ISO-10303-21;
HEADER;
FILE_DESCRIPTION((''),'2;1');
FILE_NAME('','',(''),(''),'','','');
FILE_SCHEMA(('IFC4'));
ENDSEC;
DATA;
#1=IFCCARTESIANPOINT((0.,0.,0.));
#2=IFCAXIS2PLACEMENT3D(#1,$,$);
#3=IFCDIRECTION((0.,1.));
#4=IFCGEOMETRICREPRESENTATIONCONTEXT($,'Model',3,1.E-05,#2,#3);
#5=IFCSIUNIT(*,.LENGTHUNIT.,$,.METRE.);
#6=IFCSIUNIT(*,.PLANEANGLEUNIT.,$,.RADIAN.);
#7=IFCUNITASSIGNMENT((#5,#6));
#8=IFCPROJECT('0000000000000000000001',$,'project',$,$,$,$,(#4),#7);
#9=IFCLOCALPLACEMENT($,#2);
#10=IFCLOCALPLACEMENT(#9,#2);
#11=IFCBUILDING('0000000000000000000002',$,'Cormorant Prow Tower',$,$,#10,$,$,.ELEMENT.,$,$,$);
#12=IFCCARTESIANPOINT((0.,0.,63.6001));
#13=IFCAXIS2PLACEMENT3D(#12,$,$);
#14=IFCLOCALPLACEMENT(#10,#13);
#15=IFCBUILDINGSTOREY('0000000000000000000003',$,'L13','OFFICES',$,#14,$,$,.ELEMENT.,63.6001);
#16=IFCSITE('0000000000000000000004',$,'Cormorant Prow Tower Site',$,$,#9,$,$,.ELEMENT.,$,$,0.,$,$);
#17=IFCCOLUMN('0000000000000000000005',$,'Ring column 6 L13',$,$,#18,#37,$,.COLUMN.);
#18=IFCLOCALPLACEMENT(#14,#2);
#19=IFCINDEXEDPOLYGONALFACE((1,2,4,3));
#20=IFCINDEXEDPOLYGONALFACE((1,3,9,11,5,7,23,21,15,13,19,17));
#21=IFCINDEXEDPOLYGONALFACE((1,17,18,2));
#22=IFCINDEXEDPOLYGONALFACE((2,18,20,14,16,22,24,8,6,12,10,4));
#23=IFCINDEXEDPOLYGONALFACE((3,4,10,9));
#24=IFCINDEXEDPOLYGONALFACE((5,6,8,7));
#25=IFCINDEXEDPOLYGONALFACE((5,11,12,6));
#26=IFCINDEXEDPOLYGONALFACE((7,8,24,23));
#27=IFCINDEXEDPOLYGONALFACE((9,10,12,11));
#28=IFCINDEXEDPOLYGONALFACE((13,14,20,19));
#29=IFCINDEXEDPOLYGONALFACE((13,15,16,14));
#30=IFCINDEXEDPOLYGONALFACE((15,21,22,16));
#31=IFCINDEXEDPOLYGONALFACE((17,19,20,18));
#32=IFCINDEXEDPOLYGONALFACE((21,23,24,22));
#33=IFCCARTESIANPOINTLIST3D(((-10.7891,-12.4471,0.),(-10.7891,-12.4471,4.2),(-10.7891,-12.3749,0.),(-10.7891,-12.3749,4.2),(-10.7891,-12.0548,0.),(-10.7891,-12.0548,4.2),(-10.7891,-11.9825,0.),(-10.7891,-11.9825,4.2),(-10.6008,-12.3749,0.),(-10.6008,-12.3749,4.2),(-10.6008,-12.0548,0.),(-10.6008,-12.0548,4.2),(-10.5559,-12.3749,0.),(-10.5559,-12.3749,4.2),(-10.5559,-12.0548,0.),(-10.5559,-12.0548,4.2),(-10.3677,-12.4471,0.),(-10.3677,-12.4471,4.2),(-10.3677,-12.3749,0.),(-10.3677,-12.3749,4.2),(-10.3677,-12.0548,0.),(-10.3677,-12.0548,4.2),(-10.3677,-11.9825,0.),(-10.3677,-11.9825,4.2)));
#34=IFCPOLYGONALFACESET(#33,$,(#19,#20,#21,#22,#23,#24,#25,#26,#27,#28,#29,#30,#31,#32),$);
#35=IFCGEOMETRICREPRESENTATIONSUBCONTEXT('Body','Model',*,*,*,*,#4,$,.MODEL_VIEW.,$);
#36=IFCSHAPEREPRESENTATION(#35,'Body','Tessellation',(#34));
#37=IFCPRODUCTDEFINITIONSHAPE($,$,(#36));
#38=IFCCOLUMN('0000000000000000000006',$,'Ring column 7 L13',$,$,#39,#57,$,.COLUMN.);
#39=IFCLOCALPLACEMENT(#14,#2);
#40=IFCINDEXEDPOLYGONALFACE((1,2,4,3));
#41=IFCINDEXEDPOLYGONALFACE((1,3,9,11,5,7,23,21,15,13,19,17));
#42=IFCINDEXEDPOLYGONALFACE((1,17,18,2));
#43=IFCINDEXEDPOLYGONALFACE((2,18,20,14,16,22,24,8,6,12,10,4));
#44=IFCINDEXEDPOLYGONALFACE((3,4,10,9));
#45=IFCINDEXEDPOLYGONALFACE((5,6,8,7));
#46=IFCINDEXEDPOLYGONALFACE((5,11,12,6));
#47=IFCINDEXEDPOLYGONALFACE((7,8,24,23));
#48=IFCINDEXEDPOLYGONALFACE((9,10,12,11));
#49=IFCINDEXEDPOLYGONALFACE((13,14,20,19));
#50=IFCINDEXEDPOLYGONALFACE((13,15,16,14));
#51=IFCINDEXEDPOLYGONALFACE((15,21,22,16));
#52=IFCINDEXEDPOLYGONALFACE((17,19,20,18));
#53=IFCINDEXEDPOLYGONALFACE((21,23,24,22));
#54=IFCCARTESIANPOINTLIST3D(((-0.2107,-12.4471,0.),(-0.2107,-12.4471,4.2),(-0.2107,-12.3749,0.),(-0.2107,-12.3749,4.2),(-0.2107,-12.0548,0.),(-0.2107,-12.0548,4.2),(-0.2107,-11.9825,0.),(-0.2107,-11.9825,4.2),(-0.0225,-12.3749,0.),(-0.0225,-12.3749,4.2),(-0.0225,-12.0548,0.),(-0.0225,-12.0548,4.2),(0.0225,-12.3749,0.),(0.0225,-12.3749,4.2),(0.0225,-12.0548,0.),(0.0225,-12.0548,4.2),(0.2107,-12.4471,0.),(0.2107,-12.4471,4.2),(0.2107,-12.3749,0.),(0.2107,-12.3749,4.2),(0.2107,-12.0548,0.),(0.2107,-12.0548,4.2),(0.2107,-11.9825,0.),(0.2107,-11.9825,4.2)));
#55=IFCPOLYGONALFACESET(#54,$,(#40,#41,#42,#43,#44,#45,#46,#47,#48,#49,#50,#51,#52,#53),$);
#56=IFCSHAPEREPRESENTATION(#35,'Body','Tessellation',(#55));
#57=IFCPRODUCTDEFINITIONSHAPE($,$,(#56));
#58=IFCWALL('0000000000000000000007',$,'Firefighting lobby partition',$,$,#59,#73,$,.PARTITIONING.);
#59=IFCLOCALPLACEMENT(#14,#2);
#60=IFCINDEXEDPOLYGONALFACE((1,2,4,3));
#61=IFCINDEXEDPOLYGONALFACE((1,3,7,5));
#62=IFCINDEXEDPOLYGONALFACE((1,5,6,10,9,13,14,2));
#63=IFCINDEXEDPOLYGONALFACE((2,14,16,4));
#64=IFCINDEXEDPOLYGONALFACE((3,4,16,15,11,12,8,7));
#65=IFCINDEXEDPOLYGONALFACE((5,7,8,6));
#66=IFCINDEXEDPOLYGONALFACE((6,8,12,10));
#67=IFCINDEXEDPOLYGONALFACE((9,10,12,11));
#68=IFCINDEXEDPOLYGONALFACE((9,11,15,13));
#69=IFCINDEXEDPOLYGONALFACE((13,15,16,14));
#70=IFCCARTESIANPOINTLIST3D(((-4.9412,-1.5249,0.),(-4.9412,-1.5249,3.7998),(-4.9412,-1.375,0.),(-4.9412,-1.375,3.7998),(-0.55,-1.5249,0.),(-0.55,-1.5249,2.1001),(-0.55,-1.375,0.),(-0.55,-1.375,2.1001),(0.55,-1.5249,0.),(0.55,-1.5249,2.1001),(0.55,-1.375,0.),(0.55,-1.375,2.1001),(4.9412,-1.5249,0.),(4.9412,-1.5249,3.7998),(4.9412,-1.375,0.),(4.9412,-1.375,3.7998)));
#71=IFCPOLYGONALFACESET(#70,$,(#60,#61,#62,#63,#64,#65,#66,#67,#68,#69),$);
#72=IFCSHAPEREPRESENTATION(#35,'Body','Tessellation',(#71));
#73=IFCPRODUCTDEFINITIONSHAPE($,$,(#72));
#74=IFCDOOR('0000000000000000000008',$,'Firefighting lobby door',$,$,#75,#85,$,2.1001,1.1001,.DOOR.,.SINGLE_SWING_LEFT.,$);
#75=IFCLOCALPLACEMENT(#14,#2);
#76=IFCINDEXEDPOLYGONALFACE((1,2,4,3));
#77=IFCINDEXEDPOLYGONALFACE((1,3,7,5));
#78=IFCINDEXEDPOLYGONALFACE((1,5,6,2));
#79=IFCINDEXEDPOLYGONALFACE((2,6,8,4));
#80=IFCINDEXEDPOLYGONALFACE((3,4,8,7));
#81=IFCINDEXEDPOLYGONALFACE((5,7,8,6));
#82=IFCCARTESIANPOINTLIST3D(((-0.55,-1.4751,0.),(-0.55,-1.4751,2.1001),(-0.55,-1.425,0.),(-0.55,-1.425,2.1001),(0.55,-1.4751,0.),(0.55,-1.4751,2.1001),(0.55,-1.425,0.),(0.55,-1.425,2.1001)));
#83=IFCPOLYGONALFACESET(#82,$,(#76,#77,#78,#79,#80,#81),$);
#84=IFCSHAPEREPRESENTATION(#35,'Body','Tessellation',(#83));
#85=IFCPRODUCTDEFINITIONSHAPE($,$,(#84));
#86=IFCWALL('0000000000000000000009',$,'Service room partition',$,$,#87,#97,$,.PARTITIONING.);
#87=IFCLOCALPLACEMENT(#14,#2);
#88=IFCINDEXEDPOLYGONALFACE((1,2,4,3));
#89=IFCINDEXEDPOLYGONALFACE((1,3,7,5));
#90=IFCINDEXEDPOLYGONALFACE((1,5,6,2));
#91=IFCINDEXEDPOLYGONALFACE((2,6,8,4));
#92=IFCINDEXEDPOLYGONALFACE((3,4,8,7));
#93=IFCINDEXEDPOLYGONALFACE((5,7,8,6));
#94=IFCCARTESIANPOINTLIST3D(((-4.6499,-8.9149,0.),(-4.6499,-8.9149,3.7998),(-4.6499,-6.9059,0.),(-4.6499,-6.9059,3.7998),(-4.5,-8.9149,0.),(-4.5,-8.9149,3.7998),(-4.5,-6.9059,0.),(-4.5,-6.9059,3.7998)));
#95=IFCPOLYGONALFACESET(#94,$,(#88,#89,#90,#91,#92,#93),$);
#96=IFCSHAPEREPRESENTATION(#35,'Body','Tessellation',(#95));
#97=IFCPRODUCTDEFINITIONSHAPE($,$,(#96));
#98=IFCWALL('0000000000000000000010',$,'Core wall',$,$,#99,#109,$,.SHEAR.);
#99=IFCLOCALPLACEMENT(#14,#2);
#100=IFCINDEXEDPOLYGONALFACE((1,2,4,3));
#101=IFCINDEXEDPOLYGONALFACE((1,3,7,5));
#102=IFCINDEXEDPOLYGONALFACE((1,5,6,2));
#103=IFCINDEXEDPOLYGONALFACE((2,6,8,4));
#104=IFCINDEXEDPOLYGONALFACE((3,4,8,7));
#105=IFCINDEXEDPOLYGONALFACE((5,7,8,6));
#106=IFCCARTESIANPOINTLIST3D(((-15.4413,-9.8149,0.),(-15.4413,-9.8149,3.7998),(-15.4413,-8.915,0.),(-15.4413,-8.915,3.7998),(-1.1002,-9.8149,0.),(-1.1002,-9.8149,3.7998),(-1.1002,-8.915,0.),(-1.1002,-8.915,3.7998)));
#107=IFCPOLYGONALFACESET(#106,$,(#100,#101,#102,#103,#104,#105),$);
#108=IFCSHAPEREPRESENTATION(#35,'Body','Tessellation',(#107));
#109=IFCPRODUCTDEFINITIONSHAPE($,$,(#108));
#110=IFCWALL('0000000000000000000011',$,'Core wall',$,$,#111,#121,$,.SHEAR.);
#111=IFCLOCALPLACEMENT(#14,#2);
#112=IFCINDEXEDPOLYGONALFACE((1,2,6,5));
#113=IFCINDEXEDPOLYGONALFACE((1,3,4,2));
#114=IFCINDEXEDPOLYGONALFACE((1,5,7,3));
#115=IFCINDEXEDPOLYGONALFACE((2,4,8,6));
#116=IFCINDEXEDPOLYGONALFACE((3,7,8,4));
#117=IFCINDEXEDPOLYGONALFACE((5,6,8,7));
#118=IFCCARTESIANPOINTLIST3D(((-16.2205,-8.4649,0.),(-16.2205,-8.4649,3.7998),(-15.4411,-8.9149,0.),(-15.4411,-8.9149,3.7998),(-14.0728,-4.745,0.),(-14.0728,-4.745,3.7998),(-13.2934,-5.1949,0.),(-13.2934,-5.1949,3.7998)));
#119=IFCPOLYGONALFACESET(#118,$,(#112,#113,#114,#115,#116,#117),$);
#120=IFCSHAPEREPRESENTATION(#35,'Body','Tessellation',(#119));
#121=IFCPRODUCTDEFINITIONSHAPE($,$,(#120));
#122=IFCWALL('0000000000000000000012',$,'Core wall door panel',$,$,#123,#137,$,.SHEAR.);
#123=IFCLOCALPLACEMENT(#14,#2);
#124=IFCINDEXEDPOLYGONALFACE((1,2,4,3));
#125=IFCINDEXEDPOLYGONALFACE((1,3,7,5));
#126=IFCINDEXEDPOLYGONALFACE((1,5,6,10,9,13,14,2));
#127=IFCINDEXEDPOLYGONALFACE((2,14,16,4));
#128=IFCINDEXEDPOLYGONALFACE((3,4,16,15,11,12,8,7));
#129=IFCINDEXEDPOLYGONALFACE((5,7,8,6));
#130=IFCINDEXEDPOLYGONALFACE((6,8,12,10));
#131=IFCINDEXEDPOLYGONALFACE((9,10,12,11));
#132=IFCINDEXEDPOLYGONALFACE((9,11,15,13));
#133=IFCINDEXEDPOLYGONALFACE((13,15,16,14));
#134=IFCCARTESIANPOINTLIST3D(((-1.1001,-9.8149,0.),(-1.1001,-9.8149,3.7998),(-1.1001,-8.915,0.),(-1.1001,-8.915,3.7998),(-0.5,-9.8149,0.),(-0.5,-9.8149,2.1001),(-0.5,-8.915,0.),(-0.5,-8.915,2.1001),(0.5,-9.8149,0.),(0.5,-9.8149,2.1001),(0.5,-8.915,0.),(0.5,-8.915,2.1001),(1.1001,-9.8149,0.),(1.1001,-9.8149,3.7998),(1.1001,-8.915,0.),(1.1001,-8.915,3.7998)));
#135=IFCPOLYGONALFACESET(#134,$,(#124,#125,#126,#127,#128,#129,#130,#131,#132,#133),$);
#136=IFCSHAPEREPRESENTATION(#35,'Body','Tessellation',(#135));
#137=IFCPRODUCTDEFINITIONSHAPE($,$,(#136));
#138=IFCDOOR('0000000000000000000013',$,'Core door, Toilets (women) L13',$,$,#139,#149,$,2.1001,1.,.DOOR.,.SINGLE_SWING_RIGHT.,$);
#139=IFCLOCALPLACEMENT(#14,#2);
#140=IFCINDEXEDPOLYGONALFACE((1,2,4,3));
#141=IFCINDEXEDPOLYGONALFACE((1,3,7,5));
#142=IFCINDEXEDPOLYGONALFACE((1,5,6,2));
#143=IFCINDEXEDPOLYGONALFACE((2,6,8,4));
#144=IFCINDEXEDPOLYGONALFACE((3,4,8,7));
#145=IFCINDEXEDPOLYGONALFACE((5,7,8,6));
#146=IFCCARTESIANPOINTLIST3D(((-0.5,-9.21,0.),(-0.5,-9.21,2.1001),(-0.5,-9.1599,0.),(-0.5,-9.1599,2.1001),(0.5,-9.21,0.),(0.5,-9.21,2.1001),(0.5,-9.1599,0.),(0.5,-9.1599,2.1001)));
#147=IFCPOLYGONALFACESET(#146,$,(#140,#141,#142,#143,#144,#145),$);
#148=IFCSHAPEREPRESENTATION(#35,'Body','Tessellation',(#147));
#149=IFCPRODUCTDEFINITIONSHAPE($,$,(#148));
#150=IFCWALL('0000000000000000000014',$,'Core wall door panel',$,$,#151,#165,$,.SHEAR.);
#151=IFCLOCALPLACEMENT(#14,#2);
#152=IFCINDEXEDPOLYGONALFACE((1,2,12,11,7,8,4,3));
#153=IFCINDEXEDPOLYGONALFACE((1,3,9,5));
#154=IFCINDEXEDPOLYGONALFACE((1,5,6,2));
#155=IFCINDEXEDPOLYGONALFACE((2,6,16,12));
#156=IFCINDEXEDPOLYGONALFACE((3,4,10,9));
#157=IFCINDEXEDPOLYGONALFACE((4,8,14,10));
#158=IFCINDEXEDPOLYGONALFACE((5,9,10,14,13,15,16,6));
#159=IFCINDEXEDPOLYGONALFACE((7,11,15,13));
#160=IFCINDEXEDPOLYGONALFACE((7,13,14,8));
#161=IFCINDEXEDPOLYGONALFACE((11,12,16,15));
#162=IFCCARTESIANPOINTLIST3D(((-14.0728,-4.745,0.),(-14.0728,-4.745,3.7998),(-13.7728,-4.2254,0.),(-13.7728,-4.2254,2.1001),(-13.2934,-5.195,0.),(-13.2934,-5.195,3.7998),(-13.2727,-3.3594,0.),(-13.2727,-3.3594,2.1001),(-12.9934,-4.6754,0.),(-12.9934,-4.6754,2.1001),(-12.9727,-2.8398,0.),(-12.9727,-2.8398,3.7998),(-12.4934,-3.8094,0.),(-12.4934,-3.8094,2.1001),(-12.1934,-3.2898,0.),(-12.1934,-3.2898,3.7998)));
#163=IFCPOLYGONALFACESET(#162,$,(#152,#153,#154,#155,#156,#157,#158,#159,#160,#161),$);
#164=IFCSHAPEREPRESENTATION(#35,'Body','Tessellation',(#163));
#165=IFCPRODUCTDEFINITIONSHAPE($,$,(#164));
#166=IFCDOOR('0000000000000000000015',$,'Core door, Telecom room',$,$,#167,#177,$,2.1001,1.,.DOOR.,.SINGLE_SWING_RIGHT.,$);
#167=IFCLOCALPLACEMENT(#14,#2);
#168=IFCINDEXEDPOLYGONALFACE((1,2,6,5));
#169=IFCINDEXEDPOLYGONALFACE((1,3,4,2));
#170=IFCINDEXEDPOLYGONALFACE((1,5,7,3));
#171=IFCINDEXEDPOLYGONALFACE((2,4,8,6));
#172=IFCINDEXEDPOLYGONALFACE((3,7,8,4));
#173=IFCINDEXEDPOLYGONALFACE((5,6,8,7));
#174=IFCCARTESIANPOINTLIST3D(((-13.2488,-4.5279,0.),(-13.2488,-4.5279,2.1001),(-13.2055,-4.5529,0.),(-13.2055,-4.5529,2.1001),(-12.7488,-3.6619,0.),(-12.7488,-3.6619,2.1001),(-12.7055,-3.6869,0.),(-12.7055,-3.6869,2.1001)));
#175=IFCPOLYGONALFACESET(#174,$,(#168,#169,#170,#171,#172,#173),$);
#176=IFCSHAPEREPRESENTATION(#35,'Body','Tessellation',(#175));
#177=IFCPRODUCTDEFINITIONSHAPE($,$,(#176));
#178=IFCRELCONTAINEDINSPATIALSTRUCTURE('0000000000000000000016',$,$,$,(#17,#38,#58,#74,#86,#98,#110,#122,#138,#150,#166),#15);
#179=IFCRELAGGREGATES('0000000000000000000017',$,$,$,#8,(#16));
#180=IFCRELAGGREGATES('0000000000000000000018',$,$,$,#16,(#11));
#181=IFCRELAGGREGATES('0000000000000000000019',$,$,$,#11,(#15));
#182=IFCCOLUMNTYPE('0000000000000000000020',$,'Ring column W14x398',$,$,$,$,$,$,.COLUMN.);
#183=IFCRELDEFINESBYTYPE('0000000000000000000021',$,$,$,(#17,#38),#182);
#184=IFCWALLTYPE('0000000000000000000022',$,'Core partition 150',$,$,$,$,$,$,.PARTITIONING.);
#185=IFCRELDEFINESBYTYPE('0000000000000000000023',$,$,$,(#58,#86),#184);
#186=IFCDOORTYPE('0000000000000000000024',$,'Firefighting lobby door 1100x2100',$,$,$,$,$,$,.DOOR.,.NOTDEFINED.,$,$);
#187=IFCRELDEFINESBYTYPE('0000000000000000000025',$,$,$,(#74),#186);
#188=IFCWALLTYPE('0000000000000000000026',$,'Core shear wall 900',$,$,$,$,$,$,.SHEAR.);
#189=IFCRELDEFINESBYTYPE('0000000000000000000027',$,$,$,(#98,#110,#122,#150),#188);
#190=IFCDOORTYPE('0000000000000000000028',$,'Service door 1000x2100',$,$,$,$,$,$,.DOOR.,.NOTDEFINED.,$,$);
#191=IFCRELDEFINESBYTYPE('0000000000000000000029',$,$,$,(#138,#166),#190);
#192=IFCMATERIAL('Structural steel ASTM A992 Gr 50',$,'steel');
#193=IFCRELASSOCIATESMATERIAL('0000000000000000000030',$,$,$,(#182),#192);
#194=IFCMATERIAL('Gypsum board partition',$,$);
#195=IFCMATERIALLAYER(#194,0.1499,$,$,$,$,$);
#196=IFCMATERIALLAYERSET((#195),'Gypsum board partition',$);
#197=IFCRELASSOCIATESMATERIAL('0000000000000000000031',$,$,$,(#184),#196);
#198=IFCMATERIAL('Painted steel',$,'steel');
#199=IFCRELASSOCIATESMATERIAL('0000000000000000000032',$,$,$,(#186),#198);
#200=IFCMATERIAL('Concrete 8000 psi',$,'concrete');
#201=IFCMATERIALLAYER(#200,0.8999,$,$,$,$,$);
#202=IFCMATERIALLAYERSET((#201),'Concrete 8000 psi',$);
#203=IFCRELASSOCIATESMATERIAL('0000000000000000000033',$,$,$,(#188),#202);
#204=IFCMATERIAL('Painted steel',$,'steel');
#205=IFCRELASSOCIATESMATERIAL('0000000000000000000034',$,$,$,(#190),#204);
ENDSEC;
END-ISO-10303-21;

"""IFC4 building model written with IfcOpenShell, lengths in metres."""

from ifc_helpers import new_model, si_unit, direction, frame, frame_2d, origin, origin_2d, place, context, subcontext, project, spatial, rectangle, i_section, extrude, material, layer, layer_set, material_profile, profile_set, type_object, element, fill, save


model = new_model("IFC4")

# Units and contexts
model_context = context("Model", 3, precision=1e-05, world=origin(), true_north=direction((0.0, 1.0)))
body_context = subcontext(model_context, "Body", "Model", "MODEL_VIEW")
ifc_project = project(units=[si_unit("LENGTHUNIT", "METRE"), si_unit("PLANEANGLEUNIT", "RADIAN")], contexts=[model_context])

# Site, building, storey
site_placement = place(None, origin())
site = spatial("IfcSite", under=ifc_project, at=site_placement, Name="Cormorant Prow Tower Site", CompositionType="ELEMENT", RefElevation=0.0)
building_placement = place(site_placement, origin())
building = spatial("IfcBuilding", under=site, at=building_placement, Name="Cormorant Prow Tower", CompositionType="ELEMENT")
storey_placement = place(building_placement, frame((0.0, 0.0, 63.6001)))
storey = spatial("IfcBuildingStorey", under=building, at=storey_placement, Name="L13", Description="OFFICES", CompositionType="ELEMENT", Elevation=63.6001)

# Columns
ifc_material_1 = material(Name="Structural steel ASTM A992 Gr 50", Category="steel")
ifc_material_profile = material_profile(ifc_material_1, i_section(OverallWidth=0.4214, OverallDepth=0.4646, WebThickness=0.0449, FlangeThickness=0.0723, at=origin_2d()), Name="W14x398")
ifc_profile_set = profile_set([ifc_material_profile], Name="Structural steel ASTM A992 Gr 50")
column_type = type_object("IfcColumnType", Name="Ring column W14x398", PredefinedType="COLUMN", material=ifc_profile_set)
for number, where, z_axis, x_axis, name in (
    (1, (-10.5784, -12.2148, 0.0), (0.0, 0.0, 1.0), (1.0, 0.0, 0.0), "Ring column 6 L13"),
    (2, (0.0, -12.2148, 0.0), (0.0, 0.0, 1.0), (1.0, 0.0, 0.0), "Ring column 7 L13"),
):
    element("IfcColumn", number, at=place(storey_placement, frame(where, z_axis=z_axis, x_axis=x_axis)), inside=storey, type_object=column_type, Name=name, PredefinedType="COLUMN", context=body_context, shape_type="SweptSolid", body=[
        extrude(i_section(OverallWidth=0.4214, OverallDepth=0.4646, WebThickness=0.0449, FlangeThickness=0.0723, at=origin_2d()), origin(), (0.0, 0.0, 1.0), 4.2),
    ])

# Wall, opening, door
ifc_material_2 = material(Name="Gypsum board partition")
ifc_layer_1 = layer(ifc_material_2, 0.1499)
ifc_layer_set_1 = layer_set([ifc_layer_1], Name="Gypsum board partition")
wall_type_1 = type_object("IfcWallType", Name="Core partition 150", PredefinedType="PARTITIONING", material=ifc_layer_set_1)
wall_1_placement = place(storey_placement, frame((-4.9412, -1.45, 0.0), z_axis=(0.0, 0.0, 1.0), x_axis=(1.0, 0.0, 0.0)))
wall_1 = element("IfcWall", 3, at=wall_1_placement, inside=storey, type_object=wall_type_1, Name="Firefighting lobby partition", PredefinedType="PARTITIONING", context=body_context, shape_type="SweptSolid", body=[
    extrude(rectangle(XDim=9.8823, YDim=0.1499, at=frame_2d((4.9412, 0.0))), origin(), (0.0, 0.0, 1.0), 3.7998),
])
opening_1_placement = place(wall_1_placement, frame((4.3911, 0.0, 0.0)))
opening_1 = element("IfcOpeningElement", 4, at=opening_1_placement, cuts=wall_1, PredefinedType="OPENING", context=body_context, shape_type="SweptSolid", body=[
    extrude(rectangle(XDim=1.1001, YDim=2.1001, at=frame_2d((0.55, 1.05))), frame((0.0, 0.085, 0.0), z_axis=(0.0, -1.0, 0.0), x_axis=(1.0, 0.0, 0.0)), (0.0, 0.0, 1.0), 0.1699),
])
ifc_material_3 = material(Name="Painted steel", Category="steel")
door_type_1 = type_object("IfcDoorType", Name="Firefighting lobby door 1100x2100", OperationType="NOTDEFINED", PredefinedType="DOOR", material=ifc_material_3)
door_1_placement = place(opening_1_placement, origin())
door_1 = element("IfcDoor", 5, at=door_1_placement, inside=storey, type_object=door_type_1, Name="Firefighting lobby door", OperationType="SINGLE_SWING_LEFT", OverallHeight=2.1001, OverallWidth=1.1001, PredefinedType="DOOR", context=body_context, shape_type="SweptSolid", body=[
    extrude(rectangle(XDim=1.1001, YDim=2.1001, at=frame_2d((0.55, 1.05))), frame((0.0, 0.0249, 0.0), z_axis=(0.0, -1.0, 0.0), x_axis=(1.0, 0.0, 0.0)), (0.0, 0.0, 1.0), 0.05),
])
fill(opening_1, door_1)

# Walls
wall_2_placement = place(storey_placement, frame((-4.575, -6.906, 0.0), z_axis=(0.0, 0.0, 1.0), x_axis=(0.0, -1.0, 0.0)))
element("IfcWall", 6, at=wall_2_placement, inside=storey, type_object=wall_type_1, Name="Service room partition", PredefinedType="PARTITIONING", context=body_context, shape_type="SweptSolid", body=[
    extrude(rectangle(XDim=2.009, YDim=0.1499, at=frame_2d((1.0044, 0.0))), origin(), (0.0, 0.0, 1.0), 3.7998),
])
ifc_material_4 = material(Name="Concrete 8000 psi", Category="concrete")
ifc_layer_2 = layer(ifc_material_4, 0.8999)
ifc_layer_set_2 = layer_set([ifc_layer_2], Name="Concrete 8000 psi")
wall_type_2 = type_object("IfcWallType", Name="Core shear wall 900", PredefinedType="SHEAR", material=ifc_layer_set_2)
wall_3_placement = place(storey_placement, frame((-15.4412, -9.365, 0.0), z_axis=(0.0, 0.0, 1.0), x_axis=(1.0, 0.0, 0.0)))
element("IfcWall", 7, at=wall_3_placement, inside=storey, type_object=wall_type_2, Name="Core wall", PredefinedType="SHEAR", context=body_context, shape_type="SweptSolid", body=[
    extrude(rectangle(XDim=14.3411, YDim=0.8999, at=frame_2d((7.1704, 0.0))), origin(), (0.0, 0.0, 1.0), 3.7998),
])
wall_4_placement = place(storey_placement, frame((-13.6831, -4.97, 0.0), z_axis=(0.0, 0.0, 1.0), x_axis=(-0.499996, -0.866028, 0.0)))
element("IfcWall", 8, at=wall_4_placement, inside=storey, type_object=wall_type_2, Name="Core wall", PredefinedType="SHEAR", context=body_context, shape_type="SweptSolid", body=[
    extrude(rectangle(XDim=4.2954, YDim=0.8999, at=frame_2d((2.1477, 0.0))), origin(), (0.0, 0.0, 1.0), 3.7998),
])

# Walls, openings, doors
wall_5_placement = place(storey_placement, frame((-1.1001, -9.365, 0.0), z_axis=(0.0, 0.0, 1.0), x_axis=(1.0, 0.0, 0.0)))
wall_5 = element("IfcWall", 9, at=wall_5_placement, inside=storey, type_object=wall_type_2, Name="Core wall door panel", PredefinedType="SHEAR", context=body_context, shape_type="SweptSolid", body=[
    extrude(rectangle(XDim=2.2002, YDim=0.8999, at=frame_2d((1.1001, 0.0))), origin(), (0.0, 0.0, 1.0), 3.7998),
])
opening_2_placement = place(wall_5_placement, frame((0.6001, 0.0, 0.0)))
opening_2 = element("IfcOpeningElement", 10, at=opening_2_placement, cuts=wall_5, PredefinedType="OPENING", context=body_context, shape_type="SweptSolid", body=[
    extrude(rectangle(XDim=1.0, YDim=2.1001, at=frame_2d((0.5, 1.05))), frame((0.0, 0.46, 0.0), z_axis=(0.0, -1.0, 0.0), x_axis=(1.0, 0.0, 0.0)), (0.0, 0.0, 1.0), 0.9199),
])
ifc_material_5 = material(Name="Painted steel", Category="steel")
door_type_2 = type_object("IfcDoorType", Name="Service door 1000x2100", OperationType="NOTDEFINED", PredefinedType="DOOR", material=ifc_material_5)
door_2_placement = place(opening_2_placement, origin())
door_2 = element("IfcDoor", 11, at=door_2_placement, inside=storey, type_object=door_type_2, Name="Core door, Toilets (women) L13", OperationType="SINGLE_SWING_RIGHT", OverallHeight=2.1001, OverallWidth=1.0, PredefinedType="DOOR", context=body_context, shape_type="SweptSolid", body=[
    extrude(rectangle(XDim=1.0, YDim=2.1001, at=frame_2d((0.5, 1.05))), frame((0.0, 0.2051, 0.0), z_axis=(0.0, -1.0, 0.0), x_axis=(1.0, 0.0, 0.0)), (0.0, 0.0, 1.0), 0.05),
])
fill(opening_2, door_2)
wall_6_placement = place(storey_placement, frame((-12.583, -3.0647, 0.0), z_axis=(0.0, 0.0, 1.0), x_axis=(-0.50003, -0.866008, 0.0)))
wall_6 = element("IfcWall", 12, at=wall_6_placement, inside=storey, type_object=wall_type_2, Name="Core wall door panel", PredefinedType="SHEAR", context=body_context, shape_type="SweptSolid", body=[
    extrude(rectangle(XDim=2.2, YDim=0.8999, at=frame_2d((1.1001, 0.0))), origin(), (0.0, 0.0, 1.0), 3.7998),
])
opening_3_placement = place(wall_6_placement, frame((0.6001, 0.0, 0.0)))
opening_3 = element("IfcOpeningElement", 13, at=opening_3_placement, cuts=wall_6, PredefinedType="OPENING", context=body_context, shape_type="SweptSolid", body=[
    extrude(rectangle(XDim=1.0, YDim=2.1001, at=frame_2d((0.5, 1.05))), frame((0.0, 0.46, 0.0), z_axis=(0.0, -1.0, 0.0), x_axis=(1.0, 0.0, 0.0)), (0.0, 0.0, 1.0), 0.9199),
])
door_3_placement = place(opening_3_placement, origin())
door_3 = element("IfcDoor", 14, at=door_3_placement, inside=storey, type_object=door_type_2, Name="Core door, Telecom room", OperationType="SINGLE_SWING_RIGHT", OverallHeight=2.1001, OverallWidth=1.0, PredefinedType="DOOR", context=body_context, shape_type="SweptSolid", body=[
    extrude(rectangle(XDim=1.0, YDim=2.1001, at=frame_2d((0.5, 1.05))), frame((0.0, 0.2051, 0.0), z_axis=(0.0, -1.0, 0.0), x_axis=(1.0, 0.0, 0.0)), (0.0, 0.0, 1.0), 0.05),
])
fill(opening_3, door_3)

save(model, "model.ifc")
